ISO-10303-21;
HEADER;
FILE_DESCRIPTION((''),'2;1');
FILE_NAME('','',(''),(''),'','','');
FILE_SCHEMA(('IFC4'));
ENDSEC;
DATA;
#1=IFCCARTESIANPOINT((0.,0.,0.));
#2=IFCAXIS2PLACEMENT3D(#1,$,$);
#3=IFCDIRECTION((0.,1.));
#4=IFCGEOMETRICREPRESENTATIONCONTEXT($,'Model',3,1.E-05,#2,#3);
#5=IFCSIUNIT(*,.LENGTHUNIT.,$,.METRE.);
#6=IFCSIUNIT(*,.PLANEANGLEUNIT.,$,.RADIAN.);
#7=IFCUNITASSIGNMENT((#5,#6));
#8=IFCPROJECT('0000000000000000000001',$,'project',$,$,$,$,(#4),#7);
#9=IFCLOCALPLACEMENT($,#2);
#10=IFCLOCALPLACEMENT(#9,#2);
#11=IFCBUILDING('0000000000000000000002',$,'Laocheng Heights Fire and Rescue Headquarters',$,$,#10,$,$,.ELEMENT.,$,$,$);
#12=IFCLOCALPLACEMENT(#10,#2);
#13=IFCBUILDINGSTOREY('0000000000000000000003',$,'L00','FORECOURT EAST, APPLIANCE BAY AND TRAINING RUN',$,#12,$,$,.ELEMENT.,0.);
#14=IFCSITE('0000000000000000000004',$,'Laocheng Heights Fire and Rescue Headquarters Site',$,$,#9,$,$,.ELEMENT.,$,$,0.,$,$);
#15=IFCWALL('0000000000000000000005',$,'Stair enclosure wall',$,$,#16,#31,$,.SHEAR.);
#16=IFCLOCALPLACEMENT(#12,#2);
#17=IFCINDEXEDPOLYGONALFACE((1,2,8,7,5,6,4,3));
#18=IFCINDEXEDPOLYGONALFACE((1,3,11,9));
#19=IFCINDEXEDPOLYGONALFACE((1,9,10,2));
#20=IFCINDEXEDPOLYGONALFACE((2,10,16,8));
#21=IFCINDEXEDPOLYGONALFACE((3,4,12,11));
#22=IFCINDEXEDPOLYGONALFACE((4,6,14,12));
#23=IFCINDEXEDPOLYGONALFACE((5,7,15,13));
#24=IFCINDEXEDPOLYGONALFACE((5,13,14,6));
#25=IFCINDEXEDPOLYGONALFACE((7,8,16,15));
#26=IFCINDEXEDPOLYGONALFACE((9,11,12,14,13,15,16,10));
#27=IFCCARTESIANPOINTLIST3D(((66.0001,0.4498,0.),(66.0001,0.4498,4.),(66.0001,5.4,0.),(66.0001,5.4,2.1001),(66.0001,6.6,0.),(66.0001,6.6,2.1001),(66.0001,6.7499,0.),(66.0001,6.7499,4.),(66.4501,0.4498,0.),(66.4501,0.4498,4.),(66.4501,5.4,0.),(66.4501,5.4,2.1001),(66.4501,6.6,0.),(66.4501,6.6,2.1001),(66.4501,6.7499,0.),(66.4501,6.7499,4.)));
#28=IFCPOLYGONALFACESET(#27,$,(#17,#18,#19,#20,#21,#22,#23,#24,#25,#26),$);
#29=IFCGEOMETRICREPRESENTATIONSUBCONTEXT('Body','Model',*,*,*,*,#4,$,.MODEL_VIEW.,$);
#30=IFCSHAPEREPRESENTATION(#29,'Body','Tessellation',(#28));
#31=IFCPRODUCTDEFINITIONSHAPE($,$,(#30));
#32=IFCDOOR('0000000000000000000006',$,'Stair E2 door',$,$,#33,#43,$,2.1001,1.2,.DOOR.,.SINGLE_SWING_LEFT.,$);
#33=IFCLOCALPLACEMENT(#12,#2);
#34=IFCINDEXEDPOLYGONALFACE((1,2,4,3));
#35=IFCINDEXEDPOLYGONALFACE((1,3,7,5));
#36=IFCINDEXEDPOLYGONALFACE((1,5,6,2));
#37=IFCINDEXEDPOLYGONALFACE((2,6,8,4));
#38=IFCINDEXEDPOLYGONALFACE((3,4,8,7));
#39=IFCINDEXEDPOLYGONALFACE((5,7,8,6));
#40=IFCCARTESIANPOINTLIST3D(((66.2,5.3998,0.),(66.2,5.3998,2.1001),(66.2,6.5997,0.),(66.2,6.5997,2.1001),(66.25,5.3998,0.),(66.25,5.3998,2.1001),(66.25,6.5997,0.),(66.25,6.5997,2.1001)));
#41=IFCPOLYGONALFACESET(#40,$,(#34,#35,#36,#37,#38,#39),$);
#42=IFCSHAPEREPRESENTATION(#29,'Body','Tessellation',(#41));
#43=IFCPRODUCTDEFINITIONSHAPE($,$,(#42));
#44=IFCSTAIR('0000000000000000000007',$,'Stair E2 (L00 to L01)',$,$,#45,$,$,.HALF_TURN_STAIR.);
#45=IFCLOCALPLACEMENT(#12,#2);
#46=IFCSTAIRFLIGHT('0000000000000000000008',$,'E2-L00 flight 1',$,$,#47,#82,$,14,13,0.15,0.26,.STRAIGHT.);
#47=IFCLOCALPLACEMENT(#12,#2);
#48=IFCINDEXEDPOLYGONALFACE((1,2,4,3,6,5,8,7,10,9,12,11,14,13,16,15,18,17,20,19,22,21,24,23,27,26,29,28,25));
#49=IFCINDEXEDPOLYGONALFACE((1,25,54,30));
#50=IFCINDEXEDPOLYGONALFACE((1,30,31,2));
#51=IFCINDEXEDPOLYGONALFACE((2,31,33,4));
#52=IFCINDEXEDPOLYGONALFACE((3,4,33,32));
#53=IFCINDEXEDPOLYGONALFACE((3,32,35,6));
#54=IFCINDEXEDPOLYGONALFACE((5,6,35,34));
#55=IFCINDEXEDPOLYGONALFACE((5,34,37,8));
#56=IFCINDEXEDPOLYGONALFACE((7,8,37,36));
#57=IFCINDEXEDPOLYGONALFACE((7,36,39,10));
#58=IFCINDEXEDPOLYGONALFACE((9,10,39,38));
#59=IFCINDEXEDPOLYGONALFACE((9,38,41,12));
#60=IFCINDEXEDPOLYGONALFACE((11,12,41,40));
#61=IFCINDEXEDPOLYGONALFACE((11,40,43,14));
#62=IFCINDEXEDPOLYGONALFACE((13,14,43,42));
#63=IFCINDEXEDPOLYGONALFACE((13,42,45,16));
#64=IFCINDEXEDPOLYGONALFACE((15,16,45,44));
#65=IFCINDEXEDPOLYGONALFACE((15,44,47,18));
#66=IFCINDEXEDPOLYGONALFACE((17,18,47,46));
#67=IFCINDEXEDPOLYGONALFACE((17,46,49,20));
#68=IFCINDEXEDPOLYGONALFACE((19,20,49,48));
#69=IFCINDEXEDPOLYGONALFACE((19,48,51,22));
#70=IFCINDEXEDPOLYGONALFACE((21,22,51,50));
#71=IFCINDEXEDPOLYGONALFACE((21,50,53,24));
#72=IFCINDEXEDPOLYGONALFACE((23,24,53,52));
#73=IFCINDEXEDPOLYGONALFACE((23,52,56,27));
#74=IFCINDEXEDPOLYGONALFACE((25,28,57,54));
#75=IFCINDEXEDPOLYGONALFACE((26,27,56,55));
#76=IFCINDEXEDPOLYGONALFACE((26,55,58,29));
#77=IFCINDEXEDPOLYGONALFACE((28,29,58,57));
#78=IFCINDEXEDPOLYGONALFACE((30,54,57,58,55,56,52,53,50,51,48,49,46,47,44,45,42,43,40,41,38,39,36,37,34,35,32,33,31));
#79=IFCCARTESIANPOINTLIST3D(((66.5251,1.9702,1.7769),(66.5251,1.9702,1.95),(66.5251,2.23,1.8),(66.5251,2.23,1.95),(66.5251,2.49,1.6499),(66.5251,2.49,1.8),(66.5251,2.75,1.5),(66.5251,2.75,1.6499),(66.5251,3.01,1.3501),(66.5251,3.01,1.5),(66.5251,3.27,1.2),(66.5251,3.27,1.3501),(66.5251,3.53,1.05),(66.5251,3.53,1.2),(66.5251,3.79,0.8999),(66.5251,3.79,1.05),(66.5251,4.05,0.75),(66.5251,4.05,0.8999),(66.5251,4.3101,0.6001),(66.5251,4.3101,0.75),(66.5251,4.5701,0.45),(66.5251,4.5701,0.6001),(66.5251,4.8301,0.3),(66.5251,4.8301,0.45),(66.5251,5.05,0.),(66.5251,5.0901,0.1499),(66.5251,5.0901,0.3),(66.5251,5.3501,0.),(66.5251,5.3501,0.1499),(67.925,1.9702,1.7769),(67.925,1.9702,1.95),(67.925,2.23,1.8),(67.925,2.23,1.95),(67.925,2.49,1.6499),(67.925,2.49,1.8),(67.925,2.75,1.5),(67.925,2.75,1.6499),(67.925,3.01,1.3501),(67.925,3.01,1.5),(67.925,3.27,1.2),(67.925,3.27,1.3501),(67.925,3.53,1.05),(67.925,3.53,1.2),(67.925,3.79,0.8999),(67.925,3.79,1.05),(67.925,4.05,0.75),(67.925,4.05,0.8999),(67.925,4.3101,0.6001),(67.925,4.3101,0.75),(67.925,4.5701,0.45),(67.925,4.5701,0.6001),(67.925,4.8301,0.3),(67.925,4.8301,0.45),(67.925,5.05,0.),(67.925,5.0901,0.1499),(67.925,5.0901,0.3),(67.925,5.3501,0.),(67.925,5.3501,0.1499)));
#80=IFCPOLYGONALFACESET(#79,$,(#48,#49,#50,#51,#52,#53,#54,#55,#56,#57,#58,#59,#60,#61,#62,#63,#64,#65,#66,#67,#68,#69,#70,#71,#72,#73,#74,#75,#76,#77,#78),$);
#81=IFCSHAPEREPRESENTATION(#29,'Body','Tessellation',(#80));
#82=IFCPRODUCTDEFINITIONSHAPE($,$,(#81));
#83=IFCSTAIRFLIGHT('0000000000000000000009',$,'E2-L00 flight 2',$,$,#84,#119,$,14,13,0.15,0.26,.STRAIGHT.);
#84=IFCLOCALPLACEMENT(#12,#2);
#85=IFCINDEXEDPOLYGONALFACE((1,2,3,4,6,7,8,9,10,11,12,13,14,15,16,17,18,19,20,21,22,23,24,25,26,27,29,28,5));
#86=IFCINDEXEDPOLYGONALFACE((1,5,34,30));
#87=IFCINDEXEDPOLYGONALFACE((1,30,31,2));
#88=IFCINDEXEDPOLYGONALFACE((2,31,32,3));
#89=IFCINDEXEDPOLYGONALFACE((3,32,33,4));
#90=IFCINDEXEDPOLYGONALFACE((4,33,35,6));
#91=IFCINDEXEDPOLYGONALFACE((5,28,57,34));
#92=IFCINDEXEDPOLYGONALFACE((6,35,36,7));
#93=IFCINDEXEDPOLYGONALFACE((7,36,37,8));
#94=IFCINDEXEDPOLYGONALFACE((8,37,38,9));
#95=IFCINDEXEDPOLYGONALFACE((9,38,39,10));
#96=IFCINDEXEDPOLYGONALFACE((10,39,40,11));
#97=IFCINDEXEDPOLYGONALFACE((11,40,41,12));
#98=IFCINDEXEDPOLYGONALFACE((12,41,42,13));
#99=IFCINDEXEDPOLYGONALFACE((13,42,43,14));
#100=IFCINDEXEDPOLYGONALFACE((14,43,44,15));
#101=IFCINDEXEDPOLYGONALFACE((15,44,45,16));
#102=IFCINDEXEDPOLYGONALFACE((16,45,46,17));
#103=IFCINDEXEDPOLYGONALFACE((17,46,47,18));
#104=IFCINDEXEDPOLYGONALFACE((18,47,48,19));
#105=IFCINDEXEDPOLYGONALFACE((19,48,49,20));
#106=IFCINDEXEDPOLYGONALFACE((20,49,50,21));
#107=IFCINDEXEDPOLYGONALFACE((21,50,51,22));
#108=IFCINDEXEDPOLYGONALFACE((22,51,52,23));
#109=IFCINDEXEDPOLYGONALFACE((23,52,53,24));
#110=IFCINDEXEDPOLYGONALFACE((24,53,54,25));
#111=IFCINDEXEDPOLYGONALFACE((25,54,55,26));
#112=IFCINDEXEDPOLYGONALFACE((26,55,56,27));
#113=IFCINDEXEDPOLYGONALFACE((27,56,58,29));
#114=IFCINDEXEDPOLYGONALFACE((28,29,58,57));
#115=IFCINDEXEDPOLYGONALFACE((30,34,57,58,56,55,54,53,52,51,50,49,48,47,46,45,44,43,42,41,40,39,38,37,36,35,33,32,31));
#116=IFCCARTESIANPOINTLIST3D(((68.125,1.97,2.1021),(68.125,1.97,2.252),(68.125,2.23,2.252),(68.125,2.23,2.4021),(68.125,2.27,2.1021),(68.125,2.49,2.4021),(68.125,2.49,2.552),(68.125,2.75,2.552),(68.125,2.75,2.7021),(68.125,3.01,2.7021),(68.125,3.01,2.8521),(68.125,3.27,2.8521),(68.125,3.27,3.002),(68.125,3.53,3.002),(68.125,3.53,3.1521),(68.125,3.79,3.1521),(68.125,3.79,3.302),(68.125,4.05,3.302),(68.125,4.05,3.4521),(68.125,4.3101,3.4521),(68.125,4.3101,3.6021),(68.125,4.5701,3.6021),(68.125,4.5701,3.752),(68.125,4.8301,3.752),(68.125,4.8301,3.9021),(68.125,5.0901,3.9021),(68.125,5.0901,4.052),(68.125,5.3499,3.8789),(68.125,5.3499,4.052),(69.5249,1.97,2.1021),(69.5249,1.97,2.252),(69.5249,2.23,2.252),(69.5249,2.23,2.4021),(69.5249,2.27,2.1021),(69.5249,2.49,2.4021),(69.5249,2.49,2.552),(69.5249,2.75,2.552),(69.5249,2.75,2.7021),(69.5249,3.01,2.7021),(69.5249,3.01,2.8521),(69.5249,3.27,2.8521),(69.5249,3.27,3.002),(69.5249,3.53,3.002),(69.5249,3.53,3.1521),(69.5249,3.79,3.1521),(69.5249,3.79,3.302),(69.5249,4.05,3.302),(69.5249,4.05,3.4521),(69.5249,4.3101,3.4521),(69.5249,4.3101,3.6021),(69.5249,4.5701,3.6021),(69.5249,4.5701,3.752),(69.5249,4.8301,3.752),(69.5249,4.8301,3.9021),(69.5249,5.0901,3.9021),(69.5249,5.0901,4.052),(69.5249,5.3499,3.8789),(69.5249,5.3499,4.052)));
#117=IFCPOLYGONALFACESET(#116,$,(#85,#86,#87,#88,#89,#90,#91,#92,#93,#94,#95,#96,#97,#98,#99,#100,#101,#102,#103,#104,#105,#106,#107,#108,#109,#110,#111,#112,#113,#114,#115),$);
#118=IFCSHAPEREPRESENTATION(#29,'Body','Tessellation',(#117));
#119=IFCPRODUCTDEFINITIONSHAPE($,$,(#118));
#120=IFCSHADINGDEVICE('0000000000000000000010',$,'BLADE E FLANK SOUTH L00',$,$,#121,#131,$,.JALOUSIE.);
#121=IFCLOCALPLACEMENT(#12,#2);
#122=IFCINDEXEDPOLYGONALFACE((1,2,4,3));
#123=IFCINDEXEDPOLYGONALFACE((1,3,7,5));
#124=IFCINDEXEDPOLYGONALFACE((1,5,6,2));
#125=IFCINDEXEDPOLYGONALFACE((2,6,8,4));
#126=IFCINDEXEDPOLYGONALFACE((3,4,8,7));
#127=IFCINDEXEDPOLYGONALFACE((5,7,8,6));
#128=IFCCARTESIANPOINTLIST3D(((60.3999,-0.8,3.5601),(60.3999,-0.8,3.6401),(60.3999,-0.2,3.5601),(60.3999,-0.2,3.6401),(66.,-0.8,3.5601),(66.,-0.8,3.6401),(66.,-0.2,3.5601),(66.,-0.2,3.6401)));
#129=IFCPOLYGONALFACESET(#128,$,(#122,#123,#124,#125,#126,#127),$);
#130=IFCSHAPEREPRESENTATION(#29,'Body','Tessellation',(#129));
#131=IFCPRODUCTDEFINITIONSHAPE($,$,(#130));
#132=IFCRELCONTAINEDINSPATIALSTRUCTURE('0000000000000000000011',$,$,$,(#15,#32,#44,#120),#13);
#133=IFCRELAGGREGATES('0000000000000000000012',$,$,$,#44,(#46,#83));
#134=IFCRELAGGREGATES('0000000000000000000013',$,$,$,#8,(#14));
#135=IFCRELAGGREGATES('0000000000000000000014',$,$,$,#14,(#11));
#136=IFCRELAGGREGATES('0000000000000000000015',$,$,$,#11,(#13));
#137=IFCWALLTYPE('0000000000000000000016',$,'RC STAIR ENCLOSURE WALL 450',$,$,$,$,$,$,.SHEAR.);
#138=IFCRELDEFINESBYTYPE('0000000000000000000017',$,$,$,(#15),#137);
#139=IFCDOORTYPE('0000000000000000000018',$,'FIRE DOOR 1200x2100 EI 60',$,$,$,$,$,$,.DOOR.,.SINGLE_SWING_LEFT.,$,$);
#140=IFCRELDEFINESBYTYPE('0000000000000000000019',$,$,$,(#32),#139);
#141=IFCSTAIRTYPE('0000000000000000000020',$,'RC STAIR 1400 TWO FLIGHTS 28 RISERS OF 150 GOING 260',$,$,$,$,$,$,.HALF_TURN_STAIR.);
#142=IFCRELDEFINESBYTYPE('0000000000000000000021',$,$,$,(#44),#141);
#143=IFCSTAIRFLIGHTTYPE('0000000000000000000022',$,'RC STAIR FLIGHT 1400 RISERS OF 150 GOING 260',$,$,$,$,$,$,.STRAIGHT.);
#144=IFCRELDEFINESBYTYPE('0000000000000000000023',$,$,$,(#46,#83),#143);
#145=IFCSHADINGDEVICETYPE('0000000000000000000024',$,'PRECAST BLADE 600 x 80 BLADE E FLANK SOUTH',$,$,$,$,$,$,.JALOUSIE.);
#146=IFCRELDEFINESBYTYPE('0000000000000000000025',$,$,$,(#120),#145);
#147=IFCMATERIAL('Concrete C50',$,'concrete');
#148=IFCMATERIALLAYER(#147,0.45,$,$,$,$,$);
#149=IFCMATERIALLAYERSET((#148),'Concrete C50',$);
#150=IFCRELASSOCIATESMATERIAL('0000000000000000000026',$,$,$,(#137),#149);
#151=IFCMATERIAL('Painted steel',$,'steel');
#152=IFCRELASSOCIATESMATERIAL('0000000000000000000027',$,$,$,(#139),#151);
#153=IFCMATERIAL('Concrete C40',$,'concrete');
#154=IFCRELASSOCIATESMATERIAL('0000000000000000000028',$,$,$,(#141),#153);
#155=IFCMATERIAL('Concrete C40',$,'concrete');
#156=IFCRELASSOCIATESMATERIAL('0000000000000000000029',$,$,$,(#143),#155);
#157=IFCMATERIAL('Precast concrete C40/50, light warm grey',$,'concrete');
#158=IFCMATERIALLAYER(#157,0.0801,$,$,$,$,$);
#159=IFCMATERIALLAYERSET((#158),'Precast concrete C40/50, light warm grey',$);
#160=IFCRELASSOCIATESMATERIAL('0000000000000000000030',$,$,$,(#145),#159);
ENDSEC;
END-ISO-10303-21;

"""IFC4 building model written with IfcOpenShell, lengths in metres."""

from ifc_helpers import new_model, si_unit, direction, frame, frame_2d, origin, origin_2d, place, context, subcontext, project, spatial, polyline, rectangle, outline, extrude, material, layer, layer_set, type_object, element, fill, aggregate, save


model = new_model("IFC4")

# Units and contexts
model_context = context("Model", 3, precision=1e-05, world=origin(), true_north=direction((0.0, 1.0)))
body_context = subcontext(model_context, "Body", "Model", "MODEL_VIEW")
ifc_project = project(units=[si_unit("LENGTHUNIT", "METRE"), si_unit("PLANEANGLEUNIT", "RADIAN")], contexts=[model_context])

# Site, building, storey
site_placement = place(None, origin())
site = spatial("IfcSite", under=ifc_project, at=site_placement, Name="Laocheng Heights Fire and Rescue Headquarters Site", CompositionType="ELEMENT", RefElevation=0.0)
building_placement = place(site_placement, origin())
building = spatial("IfcBuilding", under=site, at=building_placement, Name="Laocheng Heights Fire and Rescue Headquarters", CompositionType="ELEMENT")
storey_placement = place(building_placement, origin())
storey = spatial("IfcBuildingStorey", under=building, at=storey_placement, Name="L00", Description="FORECOURT EAST, APPLIANCE BAY AND TRAINING RUN", CompositionType="ELEMENT", Elevation=0.0)

# Shared definitions
ifc_material_1 = material(Name="Concrete C50", Category="concrete")
ifc_layer_1 = layer(ifc_material_1, 0.45)
ifc_layer_set_1 = layer_set([ifc_layer_1], Name="Concrete C50")
wall_type_1 = type_object("IfcWallType", Name="RC STAIR ENCLOSURE WALL 450", PredefinedType="SHEAR", material=ifc_layer_set_1)

# Wall, opening, door
wall_1_placement = place(storey_placement, frame((66.2251, 0.45, 0.0), z_axis=(0.0, 0.0, 1.0), x_axis=(0.0, 1.0, 0.0)))
wall_1 = element("IfcWall", 1, at=wall_1_placement, inside=storey, type_object=wall_type_1, Name="Stair enclosure wall", PredefinedType="SHEAR", context=body_context, shape_type="SweptSolid", body=[
    extrude(rectangle(XDim=6.3, YDim=0.45, at=frame_2d((3.1499, 0.0))), origin(), (0.0, 0.0, 1.0), 4.0),
])
opening_1_placement = place(wall_1_placement, frame((4.95, 0.0, 0.0)))
opening_1 = element("IfcOpeningElement", 2, at=opening_1_placement, cuts=wall_1, PredefinedType="OPENING", context=body_context, shape_type="SweptSolid", body=[
    extrude(rectangle(XDim=1.2, YDim=2.1001, at=frame_2d((0.6001, 1.05))), frame((0.0, 0.2349, 0.0), z_axis=(0.0, -1.0, 0.0), x_axis=(1.0, 0.0, 0.0)), (0.0, 0.0, 1.0), 0.47),
])
ifc_material_2 = material(Name="Painted steel", Category="steel")
door_type_1 = type_object("IfcDoorType", Name="FIRE DOOR 1200x2100 EI 60", OperationType="SINGLE_SWING_LEFT", PredefinedType="DOOR", material=ifc_material_2)
door_1_placement = place(opening_1_placement, frame((1.2, 0.0, 0.0), z_axis=(0.0, 0.0, 1.0), x_axis=(-1.0, 0.0, 0.0)))
door_1 = element("IfcDoor", 3, at=door_1_placement, inside=storey, type_object=door_type_1, Name="Stair E2 door", OperationType="SINGLE_SWING_LEFT", OverallHeight=2.1001, OverallWidth=1.2, PredefinedType="DOOR", context=body_context, shape_type="SweptSolid", body=[
    extrude(rectangle(XDim=1.2, YDim=2.1001, at=frame_2d((0.6001, 1.05))), frame((0.0, 0.0249, 0.0), z_axis=(0.0, -1.0, 0.0), x_axis=(1.0, 0.0, 0.0)), (0.0, 0.0, 1.0), 0.05),
])
fill(opening_1, door_1)

# Stair, stair flights
ifc_material_3 = material(Name="Concrete C40", Category="concrete")
stair_type = type_object("IfcStairType", Name="RC STAIR 1400 TWO FLIGHTS 28 RISERS OF 150 GOING 260", PredefinedType="HALF_TURN_STAIR", material=ifc_material_3)
stair_placement = place(storey_placement, origin())
stair = element("IfcStair", 4, at=stair_placement, inside=storey, type_object=stair_type, Name="Stair E2 (L00 to L01)", PredefinedType="HALF_TURN_STAIR")
ifc_material_4 = material(Name="Concrete C40", Category="concrete")
stair_flight_type = type_object("IfcStairFlightType", Name="RC STAIR FLIGHT 1400 RISERS OF 150 GOING 260", PredefinedType="STRAIGHT", material=ifc_material_4)
stair_flight_1_placement = place(storey_placement, frame((67.2251, 5.3501, 0.0), z_axis=(0.0, 0.0, 1.0), x_axis=(0.0, -1.0, 0.0)))
stair_flight_1 = element("IfcStairFlight", 5, at=stair_flight_1_placement, type_object=stair_flight_type, Name="E2-L00 flight 1", NumberOfRisers=14, NumberOfTreads=13, PredefinedType="STRAIGHT", RiserHeight=0.15, TreadLength=0.26, context=body_context, shape_type="SweptSolid", body=[
    extrude(outline(polyline([(0.0, 0.0), (0.0, 0.1499), (0.26, 0.1499), (0.26, 0.3), (0.52, 0.3), (0.52, 0.45), (0.78, 0.45), (0.78, 0.6001), (1.04, 0.6001), (1.04, 0.75), (1.3, 0.75), (1.3, 0.8999), (1.5601, 0.8999), (1.5601, 1.05), (1.8201, 1.05), (1.8201, 1.2), (2.0801, 1.2), (2.0801, 1.3501), (2.3401, 1.3501), (2.3401, 1.5), (2.6001, 1.5), (2.6001, 1.6499), (2.8601, 1.6499), (2.8601, 1.8), (3.1201, 1.8), (3.1201, 1.95), (3.3799, 1.95), (3.3799, 2.1001), (3.3799, 1.7769), (0.3, 0.0), (0.0, 0.0)])), frame((0.0, 0.7, 0.0), z_axis=(0.0, -1.0, 0.0), x_axis=(1.0, 0.0, 0.0)), (0.0, 0.0, 1.0), 1.3999),
])
stair_flight_2_placement = place(storey_placement, frame((68.825, 1.97, 2.1021), z_axis=(0.0, 0.0, 1.0), x_axis=(0.0, 1.0, 0.0)))
stair_flight_2 = element("IfcStairFlight", 6, at=stair_flight_2_placement, type_object=stair_flight_type, Name="E2-L00 flight 2", NumberOfRisers=14, NumberOfTreads=13, PredefinedType="STRAIGHT", RiserHeight=0.15, TreadLength=0.26, context=body_context, shape_type="SweptSolid", body=[
    extrude(outline(polyline([(0.0, 0.0), (0.0, 0.1499), (0.26, 0.1499), (0.26, 0.3), (0.52, 0.3), (0.52, 0.45), (0.78, 0.45), (0.78, 0.6001), (1.04, 0.6001), (1.04, 0.75), (1.3, 0.75), (1.3, 0.8999), (1.5601, 0.8999), (1.5601, 1.05), (1.8201, 1.05), (1.8201, 1.2), (2.0801, 1.2), (2.0801, 1.3501), (2.3401, 1.3501), (2.3401, 1.5), (2.6001, 1.5), (2.6001, 1.6499), (2.8601, 1.6499), (2.8601, 1.8), (3.1201, 1.8), (3.1201, 1.95), (3.3799, 1.95), (3.3799, 2.1001), (3.3799, 1.7769), (0.3, 0.0), (0.0, 0.0)])), frame((0.0, 0.7, 0.0), z_axis=(0.0, -1.0, 0.0), x_axis=(1.0, 0.0, 0.0)), (0.0, 0.0, 1.0), 1.3999),
])
aggregate(stair, [stair_flight_1, stair_flight_2])

# Shading device
ifc_material_5 = material(Name="Precast concrete C40/50, light warm grey", Category="concrete")
ifc_layer_2 = layer(ifc_material_5, 0.0801)
ifc_layer_set_2 = layer_set([ifc_layer_2], Name="Precast concrete C40/50, light warm grey")
shading_device_type = type_object("IfcShadingDeviceType", Name="PRECAST BLADE 600 x 80 BLADE E FLANK SOUTH", PredefinedType="JALOUSIE", material=ifc_layer_set_2)
shading_device_placement = place(storey_placement, frame((63.2, -0.5, 3.5601), z_axis=(0.0, 0.0, 1.0), x_axis=(1.0, 0.0, 0.0)))
element("IfcShadingDevice", 7, at=shading_device_placement, inside=storey, type_object=shading_device_type, Name="BLADE E FLANK SOUTH L00", PredefinedType="JALOUSIE", context=body_context, shape_type="SweptSolid", body=[
    extrude(rectangle(XDim=5.6001, YDim=0.6001, at=origin_2d()), origin(), (0.0, 0.0, 1.0), 0.0801),
])

save(model, "model.ifc")
